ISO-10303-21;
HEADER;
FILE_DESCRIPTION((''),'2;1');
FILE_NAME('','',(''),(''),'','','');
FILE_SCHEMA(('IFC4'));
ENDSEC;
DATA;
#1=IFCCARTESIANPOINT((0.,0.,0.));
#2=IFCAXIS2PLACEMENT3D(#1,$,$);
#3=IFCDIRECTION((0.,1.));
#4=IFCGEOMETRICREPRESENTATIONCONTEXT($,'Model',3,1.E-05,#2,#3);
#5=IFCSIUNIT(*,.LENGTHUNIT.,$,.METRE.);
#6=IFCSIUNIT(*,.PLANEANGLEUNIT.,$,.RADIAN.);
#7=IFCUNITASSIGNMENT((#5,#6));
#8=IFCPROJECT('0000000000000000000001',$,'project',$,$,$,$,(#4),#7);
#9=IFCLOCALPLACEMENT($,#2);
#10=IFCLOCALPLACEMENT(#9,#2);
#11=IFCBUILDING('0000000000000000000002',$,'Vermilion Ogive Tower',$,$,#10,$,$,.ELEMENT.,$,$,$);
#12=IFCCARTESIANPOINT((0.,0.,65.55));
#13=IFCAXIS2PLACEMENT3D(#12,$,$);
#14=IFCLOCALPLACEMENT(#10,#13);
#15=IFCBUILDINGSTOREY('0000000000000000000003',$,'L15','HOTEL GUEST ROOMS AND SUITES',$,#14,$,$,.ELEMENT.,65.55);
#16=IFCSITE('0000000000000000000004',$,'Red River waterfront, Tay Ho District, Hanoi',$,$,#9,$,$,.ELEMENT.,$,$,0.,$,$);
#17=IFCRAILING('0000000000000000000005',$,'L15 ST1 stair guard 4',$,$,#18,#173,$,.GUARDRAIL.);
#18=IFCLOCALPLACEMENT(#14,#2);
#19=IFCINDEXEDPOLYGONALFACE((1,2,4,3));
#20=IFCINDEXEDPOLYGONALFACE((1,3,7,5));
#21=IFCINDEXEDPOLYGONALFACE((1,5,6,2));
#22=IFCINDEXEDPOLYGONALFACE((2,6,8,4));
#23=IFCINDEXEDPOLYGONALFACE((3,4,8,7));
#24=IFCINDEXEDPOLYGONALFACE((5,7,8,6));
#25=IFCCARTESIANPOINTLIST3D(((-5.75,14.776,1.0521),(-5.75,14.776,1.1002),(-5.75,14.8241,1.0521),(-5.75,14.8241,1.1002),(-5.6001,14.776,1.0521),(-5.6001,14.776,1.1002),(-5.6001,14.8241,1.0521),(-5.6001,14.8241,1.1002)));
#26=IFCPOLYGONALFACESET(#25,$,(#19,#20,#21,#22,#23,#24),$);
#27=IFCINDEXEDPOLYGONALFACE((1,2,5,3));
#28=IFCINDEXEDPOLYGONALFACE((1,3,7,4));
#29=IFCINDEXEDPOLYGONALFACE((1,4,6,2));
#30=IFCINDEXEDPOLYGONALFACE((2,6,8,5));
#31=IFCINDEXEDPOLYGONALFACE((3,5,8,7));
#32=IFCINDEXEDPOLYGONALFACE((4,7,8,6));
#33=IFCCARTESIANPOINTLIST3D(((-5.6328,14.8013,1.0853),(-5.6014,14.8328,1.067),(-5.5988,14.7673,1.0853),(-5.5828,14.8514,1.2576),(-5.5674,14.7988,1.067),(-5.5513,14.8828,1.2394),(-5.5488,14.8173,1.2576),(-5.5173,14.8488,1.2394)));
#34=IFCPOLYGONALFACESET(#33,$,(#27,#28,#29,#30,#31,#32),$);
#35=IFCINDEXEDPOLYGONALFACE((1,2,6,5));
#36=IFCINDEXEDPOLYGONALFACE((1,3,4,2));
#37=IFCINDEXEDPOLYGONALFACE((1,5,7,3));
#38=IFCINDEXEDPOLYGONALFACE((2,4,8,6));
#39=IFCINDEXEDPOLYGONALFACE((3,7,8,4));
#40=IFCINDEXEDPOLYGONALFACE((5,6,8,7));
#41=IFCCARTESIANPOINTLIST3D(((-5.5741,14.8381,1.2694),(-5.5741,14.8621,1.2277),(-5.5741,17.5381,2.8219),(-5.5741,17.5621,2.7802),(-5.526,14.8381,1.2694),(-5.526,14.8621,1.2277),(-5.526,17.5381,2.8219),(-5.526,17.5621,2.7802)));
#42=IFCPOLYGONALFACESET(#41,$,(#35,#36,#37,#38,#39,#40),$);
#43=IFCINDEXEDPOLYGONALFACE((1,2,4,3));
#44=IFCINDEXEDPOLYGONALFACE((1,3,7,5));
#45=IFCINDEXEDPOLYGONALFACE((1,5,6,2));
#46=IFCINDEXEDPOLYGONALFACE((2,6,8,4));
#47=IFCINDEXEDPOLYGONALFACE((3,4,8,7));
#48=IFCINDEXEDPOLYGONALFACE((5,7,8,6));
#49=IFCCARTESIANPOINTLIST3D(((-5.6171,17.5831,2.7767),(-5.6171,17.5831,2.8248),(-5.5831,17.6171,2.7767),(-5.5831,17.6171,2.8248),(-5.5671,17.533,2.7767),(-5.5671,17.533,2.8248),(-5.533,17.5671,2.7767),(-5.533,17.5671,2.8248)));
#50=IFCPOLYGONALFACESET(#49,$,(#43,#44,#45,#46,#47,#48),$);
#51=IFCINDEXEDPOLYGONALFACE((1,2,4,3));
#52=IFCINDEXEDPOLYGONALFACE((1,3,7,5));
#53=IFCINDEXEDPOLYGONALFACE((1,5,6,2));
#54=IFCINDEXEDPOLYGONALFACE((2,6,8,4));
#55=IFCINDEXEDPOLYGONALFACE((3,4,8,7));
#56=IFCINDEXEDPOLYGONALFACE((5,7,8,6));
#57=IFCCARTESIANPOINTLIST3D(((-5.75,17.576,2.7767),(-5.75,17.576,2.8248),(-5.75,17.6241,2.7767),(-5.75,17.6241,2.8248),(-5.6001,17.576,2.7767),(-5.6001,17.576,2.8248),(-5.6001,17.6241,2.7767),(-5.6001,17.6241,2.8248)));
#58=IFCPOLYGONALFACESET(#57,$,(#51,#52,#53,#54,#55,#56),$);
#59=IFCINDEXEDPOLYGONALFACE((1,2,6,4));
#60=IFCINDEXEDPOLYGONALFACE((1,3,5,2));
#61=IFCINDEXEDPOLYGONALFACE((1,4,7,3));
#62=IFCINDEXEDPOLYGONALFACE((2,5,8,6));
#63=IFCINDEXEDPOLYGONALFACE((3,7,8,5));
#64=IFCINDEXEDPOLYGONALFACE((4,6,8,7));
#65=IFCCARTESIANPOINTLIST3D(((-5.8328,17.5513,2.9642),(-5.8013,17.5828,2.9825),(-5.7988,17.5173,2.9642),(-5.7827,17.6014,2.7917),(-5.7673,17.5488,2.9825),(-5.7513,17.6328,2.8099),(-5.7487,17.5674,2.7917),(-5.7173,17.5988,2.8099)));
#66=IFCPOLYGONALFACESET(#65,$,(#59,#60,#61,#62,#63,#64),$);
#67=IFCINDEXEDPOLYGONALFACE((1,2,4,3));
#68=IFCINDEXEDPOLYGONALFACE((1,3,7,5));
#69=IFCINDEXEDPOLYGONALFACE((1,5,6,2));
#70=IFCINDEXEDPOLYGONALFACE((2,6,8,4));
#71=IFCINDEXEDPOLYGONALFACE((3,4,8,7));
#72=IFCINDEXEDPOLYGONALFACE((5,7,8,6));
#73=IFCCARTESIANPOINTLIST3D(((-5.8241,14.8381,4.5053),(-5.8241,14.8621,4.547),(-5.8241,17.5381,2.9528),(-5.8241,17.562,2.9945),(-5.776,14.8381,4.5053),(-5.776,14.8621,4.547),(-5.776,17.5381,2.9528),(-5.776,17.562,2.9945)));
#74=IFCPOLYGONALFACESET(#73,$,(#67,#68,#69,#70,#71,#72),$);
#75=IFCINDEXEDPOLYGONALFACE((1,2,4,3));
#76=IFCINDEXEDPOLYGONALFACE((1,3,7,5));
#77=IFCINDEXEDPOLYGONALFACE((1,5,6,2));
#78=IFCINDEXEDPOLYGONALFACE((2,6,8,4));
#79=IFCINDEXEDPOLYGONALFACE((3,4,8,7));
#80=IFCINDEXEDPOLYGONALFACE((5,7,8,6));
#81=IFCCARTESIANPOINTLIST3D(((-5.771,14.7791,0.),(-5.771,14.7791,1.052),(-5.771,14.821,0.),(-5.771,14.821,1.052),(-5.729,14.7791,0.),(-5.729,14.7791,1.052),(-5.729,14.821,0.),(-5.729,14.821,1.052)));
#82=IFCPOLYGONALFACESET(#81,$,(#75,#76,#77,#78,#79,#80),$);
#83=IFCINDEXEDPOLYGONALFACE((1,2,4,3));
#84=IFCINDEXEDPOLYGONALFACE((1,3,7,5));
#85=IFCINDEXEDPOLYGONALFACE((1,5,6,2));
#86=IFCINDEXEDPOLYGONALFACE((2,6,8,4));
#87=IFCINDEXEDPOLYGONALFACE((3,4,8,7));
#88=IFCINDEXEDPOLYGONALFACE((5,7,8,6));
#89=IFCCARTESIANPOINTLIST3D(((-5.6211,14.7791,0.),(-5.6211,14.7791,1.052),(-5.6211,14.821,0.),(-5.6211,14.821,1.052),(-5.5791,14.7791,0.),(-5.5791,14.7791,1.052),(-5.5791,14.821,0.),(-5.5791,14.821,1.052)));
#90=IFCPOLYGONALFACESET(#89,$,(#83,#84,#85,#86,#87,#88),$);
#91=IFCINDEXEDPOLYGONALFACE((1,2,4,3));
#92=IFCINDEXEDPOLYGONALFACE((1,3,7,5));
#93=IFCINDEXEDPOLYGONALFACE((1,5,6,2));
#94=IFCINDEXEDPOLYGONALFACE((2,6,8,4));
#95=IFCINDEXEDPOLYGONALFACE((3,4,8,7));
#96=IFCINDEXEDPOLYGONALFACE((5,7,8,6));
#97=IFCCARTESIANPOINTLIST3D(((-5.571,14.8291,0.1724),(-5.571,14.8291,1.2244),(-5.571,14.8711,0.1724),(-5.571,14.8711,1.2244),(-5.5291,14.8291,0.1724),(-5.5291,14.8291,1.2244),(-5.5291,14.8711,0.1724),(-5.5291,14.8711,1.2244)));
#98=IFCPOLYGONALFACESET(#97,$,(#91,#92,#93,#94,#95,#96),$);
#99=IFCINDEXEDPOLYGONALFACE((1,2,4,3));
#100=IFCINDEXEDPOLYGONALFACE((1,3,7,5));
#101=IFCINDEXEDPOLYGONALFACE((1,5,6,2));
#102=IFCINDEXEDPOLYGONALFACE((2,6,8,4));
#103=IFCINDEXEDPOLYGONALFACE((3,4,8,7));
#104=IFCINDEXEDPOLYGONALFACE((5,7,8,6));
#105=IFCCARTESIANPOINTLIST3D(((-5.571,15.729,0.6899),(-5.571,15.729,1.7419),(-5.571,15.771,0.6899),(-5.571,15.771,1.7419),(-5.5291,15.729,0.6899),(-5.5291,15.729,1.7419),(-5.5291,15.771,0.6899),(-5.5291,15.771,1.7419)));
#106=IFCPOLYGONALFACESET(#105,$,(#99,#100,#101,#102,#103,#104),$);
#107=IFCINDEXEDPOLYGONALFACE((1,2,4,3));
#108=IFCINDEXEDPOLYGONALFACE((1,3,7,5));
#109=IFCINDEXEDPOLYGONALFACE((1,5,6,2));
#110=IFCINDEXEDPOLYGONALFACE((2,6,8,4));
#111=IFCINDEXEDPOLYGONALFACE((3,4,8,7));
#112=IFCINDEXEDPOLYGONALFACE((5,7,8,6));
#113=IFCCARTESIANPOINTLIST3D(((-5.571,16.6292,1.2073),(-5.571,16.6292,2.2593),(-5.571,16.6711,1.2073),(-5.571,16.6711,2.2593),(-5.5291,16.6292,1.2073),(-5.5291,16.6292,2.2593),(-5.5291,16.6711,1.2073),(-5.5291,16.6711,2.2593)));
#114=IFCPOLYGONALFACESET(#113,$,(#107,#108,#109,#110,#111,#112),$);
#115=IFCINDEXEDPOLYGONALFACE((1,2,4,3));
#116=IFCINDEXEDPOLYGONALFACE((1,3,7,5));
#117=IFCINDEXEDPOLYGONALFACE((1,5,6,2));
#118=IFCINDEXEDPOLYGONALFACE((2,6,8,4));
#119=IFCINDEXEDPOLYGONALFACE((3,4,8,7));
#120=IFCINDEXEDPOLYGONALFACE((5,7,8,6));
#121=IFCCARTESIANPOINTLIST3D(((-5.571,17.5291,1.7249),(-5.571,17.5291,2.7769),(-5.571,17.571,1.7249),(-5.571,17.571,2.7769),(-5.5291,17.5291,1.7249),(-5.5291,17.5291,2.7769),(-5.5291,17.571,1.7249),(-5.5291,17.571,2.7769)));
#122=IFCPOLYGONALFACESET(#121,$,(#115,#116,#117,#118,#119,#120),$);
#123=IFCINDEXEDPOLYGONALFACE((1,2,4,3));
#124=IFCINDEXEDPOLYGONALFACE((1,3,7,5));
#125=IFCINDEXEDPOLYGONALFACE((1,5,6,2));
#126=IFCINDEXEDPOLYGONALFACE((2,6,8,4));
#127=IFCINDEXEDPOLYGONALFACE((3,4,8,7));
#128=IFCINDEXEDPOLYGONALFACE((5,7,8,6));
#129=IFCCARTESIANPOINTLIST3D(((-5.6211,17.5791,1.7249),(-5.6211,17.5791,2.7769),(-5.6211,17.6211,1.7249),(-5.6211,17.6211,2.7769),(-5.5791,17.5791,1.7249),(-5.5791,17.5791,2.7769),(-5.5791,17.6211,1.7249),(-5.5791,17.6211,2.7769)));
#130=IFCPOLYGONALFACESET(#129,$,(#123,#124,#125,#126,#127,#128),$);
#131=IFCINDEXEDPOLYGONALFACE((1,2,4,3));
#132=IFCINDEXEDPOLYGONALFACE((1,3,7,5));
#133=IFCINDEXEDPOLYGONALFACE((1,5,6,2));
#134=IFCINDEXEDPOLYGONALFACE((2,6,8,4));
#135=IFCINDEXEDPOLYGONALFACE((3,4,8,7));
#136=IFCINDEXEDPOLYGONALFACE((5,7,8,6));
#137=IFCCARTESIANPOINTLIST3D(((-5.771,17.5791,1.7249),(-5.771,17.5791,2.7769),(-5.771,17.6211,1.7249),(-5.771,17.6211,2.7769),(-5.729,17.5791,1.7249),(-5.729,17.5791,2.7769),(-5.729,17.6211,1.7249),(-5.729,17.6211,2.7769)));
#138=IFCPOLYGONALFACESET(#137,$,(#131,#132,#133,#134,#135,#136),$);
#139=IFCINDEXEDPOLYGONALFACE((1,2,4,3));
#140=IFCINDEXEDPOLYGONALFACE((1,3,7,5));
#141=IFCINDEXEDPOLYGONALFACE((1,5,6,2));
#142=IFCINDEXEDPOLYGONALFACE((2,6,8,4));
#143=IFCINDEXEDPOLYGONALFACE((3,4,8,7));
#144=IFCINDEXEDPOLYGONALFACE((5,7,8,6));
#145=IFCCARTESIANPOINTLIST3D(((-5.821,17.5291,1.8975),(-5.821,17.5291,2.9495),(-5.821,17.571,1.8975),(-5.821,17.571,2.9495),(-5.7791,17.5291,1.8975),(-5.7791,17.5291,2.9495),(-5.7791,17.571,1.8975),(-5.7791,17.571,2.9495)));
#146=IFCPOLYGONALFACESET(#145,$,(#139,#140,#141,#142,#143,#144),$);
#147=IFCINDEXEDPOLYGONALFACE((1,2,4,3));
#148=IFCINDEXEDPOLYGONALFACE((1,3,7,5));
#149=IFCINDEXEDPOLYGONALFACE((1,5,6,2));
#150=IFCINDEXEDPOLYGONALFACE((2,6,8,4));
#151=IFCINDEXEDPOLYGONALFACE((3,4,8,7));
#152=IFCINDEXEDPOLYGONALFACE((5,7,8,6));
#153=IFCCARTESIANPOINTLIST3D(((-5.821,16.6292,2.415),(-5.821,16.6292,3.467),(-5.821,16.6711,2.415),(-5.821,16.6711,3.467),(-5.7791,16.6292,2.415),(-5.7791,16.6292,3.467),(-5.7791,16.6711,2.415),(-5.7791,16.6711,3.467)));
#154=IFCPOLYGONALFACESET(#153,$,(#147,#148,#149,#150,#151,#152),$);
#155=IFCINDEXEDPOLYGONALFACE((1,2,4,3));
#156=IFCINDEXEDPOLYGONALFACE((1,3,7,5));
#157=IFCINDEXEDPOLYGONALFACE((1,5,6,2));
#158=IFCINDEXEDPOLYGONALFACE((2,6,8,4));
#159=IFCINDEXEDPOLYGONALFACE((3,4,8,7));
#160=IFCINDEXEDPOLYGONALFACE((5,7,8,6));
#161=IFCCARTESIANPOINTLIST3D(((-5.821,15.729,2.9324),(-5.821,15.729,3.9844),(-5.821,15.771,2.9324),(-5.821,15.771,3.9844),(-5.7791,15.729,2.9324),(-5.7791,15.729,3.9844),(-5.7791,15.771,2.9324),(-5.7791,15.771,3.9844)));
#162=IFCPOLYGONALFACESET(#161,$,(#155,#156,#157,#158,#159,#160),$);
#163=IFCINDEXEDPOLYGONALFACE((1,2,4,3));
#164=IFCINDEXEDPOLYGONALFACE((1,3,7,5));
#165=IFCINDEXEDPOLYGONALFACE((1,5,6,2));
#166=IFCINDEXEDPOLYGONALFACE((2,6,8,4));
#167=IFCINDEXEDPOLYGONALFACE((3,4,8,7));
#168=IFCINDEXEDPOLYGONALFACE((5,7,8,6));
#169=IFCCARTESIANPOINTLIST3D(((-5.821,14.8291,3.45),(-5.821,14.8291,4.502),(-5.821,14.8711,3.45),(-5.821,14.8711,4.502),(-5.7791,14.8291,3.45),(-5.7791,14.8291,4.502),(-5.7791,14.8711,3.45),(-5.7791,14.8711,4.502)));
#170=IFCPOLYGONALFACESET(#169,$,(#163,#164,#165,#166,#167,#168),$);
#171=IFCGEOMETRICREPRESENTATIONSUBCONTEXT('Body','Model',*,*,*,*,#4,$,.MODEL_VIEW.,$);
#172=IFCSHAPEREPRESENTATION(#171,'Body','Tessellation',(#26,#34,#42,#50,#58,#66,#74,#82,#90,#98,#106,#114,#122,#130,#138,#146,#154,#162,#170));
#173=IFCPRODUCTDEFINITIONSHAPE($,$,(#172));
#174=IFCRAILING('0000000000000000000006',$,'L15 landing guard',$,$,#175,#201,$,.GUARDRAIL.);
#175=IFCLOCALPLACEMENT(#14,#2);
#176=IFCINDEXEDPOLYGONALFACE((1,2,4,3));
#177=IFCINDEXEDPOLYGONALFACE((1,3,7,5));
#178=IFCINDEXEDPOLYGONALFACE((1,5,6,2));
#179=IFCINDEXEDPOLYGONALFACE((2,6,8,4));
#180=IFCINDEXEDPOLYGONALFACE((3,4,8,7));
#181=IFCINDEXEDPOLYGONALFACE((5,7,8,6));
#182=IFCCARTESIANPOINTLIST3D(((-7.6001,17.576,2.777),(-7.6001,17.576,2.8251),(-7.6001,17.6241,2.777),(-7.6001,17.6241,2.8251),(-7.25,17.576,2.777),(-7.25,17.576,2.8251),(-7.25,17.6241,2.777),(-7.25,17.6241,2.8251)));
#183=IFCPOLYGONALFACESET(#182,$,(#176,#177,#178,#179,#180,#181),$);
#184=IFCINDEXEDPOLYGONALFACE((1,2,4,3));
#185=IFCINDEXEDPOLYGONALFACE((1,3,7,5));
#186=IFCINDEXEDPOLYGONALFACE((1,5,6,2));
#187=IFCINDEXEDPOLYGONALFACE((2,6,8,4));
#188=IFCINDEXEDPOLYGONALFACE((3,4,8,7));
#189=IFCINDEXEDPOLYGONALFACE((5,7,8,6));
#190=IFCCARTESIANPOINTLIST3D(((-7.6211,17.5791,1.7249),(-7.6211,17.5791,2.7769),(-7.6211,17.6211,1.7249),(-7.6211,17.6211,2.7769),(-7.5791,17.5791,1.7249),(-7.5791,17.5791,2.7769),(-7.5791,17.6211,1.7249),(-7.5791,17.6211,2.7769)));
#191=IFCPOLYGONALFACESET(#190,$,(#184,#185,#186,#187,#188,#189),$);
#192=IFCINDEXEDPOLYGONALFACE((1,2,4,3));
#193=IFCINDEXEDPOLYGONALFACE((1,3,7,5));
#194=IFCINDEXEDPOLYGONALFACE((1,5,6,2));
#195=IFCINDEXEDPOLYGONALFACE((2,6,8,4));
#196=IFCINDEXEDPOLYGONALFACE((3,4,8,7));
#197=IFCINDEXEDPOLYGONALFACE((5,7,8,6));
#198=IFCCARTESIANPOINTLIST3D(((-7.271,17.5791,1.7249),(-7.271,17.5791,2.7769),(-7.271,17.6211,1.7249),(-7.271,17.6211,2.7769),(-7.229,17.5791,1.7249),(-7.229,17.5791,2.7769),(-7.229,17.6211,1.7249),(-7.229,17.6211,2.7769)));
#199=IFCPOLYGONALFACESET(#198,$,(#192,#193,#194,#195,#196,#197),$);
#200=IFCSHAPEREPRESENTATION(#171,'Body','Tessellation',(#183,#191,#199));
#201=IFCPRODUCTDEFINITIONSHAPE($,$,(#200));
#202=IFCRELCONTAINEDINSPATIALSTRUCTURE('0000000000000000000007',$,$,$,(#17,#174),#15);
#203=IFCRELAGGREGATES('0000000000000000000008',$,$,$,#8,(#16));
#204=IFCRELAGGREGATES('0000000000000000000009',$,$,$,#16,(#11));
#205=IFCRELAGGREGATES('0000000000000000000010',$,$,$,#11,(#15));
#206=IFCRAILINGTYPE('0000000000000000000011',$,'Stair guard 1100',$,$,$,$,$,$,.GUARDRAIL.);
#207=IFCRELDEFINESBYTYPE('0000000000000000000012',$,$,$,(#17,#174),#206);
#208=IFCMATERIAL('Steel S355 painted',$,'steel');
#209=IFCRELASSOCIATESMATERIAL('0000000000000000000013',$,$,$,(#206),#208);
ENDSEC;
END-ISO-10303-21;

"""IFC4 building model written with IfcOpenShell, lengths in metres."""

from ifc_helpers import new_model, si_unit, direction, frame, origin, origin_2d, place, context, subcontext, project, spatial, rectangle, extrude, material, type_object, element, save


model = new_model("IFC4")

# Units and contexts
model_context = context("Model", 3, precision=1e-05, world=origin(), true_north=direction((0.0, 1.0)))
body_context = subcontext(model_context, "Body", "Model", "MODEL_VIEW")
ifc_project = project(units=[si_unit("LENGTHUNIT", "METRE"), si_unit("PLANEANGLEUNIT", "RADIAN")], contexts=[model_context])

# Site, building, storey
site_placement = place(None, origin())
site = spatial("IfcSite", under=ifc_project, at=site_placement, Name="Red River waterfront, Tay Ho District, Hanoi", CompositionType="ELEMENT", RefElevation=0.0)
building_placement = place(site_placement, origin())
building = spatial("IfcBuilding", under=site, at=building_placement, Name="Vermilion Ogive Tower", CompositionType="ELEMENT")
storey_placement = place(building_placement, frame((0.0, 0.0, 65.55)))
storey = spatial("IfcBuildingStorey", under=building, at=storey_placement, Name="L15", Description="HOTEL GUEST ROOMS AND SUITES", CompositionType="ELEMENT", Elevation=65.55)

# Railings
ifc_material_1 = material(Name="Steel S355 painted", Category="steel")
railing_type_1 = type_object("IfcRailingType", Name="Stair guard 1100", PredefinedType="GUARDRAIL", material=ifc_material_1)
railing_1_placement = place(storey_placement, frame((-5.75, 14.8, 0.0)))
element("IfcRailing", 1, at=railing_1_placement, inside=storey, type_object=railing_type_1, Name="L15 ST1 stair guard 4", PredefinedType="GUARDRAIL", context=body_context, shape_type="SweptSolid", body=[
    extrude(rectangle(XDim=0.0481, YDim=0.0481, at=origin_2d()), frame((0.0, 0.0, 1.0762), z_axis=(1.0, 0.0, 0.0), x_axis=(0.0, 1.0, 0.0)), (0.0, 0.0, 1.0), 0.1499),
    extrude(rectangle(XDim=0.0481, YDim=0.0481, at=origin_2d()), frame((0.1499, 0.0, 1.0762), z_axis=(0.268603, 0.268603, 0.925043), x_axis=(-0.707107, 0.707107, 0.0)), (0.0, 0.0, 1.0), 0.1863),
    extrude(rectangle(XDim=0.0481, YDim=0.0481, at=origin_2d()), frame((0.2, 0.05, 1.2485), z_axis=(0.0, 0.866904, 0.498476), x_axis=(-1.0, 0.0, 0.0)), (0.0, 0.0, 1.0), 3.1145),
    extrude(rectangle(XDim=0.0481, YDim=0.0481, at=origin_2d()), frame((0.2, 2.75, 2.8008), z_axis=(-0.707107, 0.707107, 0.0), x_axis=(-0.707107, -0.707107, 0.0)), (0.0, 0.0, 1.0), 0.0708),
    extrude(rectangle(XDim=0.0481, YDim=0.0481, at=origin_2d()), frame((0.1499, 2.8, 2.8008), z_axis=(-1.0, 0.0, 0.0), x_axis=(0.0, -1.0, 0.0)), (0.0, 0.0, 1.0), 0.1499),
    extrude(rectangle(XDim=0.0481, YDim=0.0481, at=origin_2d()), frame((0.0, 2.8, 2.8008), z_axis=(-0.268278, -0.268278, 0.925232), x_axis=(0.707107, -0.707107, 0.0)), (0.0, 0.0, 1.0), 0.1865),
    extrude(rectangle(XDim=0.0481, YDim=0.0481, at=origin_2d()), frame((-0.05, 2.75, 2.9736), z_axis=(0.0, -0.866904, 0.498476), x_axis=(1.0, 0.0, 0.0)), (0.0, 0.0, 1.0), 3.1145),
    extrude(rectangle(XDim=0.042, YDim=0.042, at=origin_2d()), origin(), (0.0, 0.0, 1.0), 1.052),
    extrude(rectangle(XDim=0.042, YDim=0.042, at=origin_2d()), frame((0.1499, 0.0, 0.0)), (0.0, 0.0, 1.0), 1.052),
    extrude(rectangle(XDim=0.042, YDim=0.042, at=origin_2d()), frame((0.2, 0.05, 0.1724)), (0.0, 0.0, 1.0), 1.052),
    extrude(rectangle(XDim=0.042, YDim=0.042, at=origin_2d()), frame((0.2, 0.95, 0.6899)), (0.0, 0.0, 1.0), 1.052),
    extrude(rectangle(XDim=0.042, YDim=0.042, at=origin_2d()), frame((0.2, 1.8501, 1.2073)), (0.0, 0.0, 1.0), 1.052),
    extrude(rectangle(XDim=0.042, YDim=0.042, at=origin_2d()), frame((0.2, 2.75, 1.7249)), (0.0, 0.0, 1.0), 1.052),
    extrude(rectangle(XDim=0.042, YDim=0.042, at=origin_2d()), frame((0.1499, 2.8, 1.7249)), (0.0, 0.0, 1.0), 1.052),
    extrude(rectangle(XDim=0.042, YDim=0.042, at=origin_2d()), frame((0.0, 2.8, 1.7249)), (0.0, 0.0, 1.0), 1.052),
    extrude(rectangle(XDim=0.042, YDim=0.042, at=origin_2d()), frame((-0.05, 2.75, 1.8975)), (0.0, 0.0, 1.0), 1.052),
    extrude(rectangle(XDim=0.042, YDim=0.042, at=origin_2d()), frame((-0.05, 1.8501, 2.415)), (0.0, 0.0, 1.0), 1.052),
    extrude(rectangle(XDim=0.042, YDim=0.042, at=origin_2d()), frame((-0.05, 0.95, 2.9324)), (0.0, 0.0, 1.0), 1.052),
    extrude(rectangle(XDim=0.042, YDim=0.042, at=origin_2d()), frame((-0.05, 0.05, 3.45)), (0.0, 0.0, 1.0), 1.052),
])
railing_2_placement = place(storey_placement, frame((-7.6001, 17.6001, 1.7249)))
element("IfcRailing", 2, at=railing_2_placement, inside=storey, type_object=railing_type_1, Name="L15 landing guard", PredefinedType="GUARDRAIL", context=body_context, shape_type="SweptSolid", body=[
    extrude(rectangle(XDim=0.0481, YDim=0.0481, at=origin_2d()), frame((0.0, 0.0, 1.0762), z_axis=(1.0, 0.0, 0.0), x_axis=(0.0, 1.0, 0.0)), (0.0, 0.0, 1.0), 0.3501),
    extrude(rectangle(XDim=0.042, YDim=0.042, at=origin_2d()), origin(), (0.0, 0.0, 1.0), 1.052),
    extrude(rectangle(XDim=0.042, YDim=0.042, at=origin_2d()), frame((0.3501, 0.0, 0.0)), (0.0, 0.0, 1.0), 1.052),
])

save(model, "model.ifc")
